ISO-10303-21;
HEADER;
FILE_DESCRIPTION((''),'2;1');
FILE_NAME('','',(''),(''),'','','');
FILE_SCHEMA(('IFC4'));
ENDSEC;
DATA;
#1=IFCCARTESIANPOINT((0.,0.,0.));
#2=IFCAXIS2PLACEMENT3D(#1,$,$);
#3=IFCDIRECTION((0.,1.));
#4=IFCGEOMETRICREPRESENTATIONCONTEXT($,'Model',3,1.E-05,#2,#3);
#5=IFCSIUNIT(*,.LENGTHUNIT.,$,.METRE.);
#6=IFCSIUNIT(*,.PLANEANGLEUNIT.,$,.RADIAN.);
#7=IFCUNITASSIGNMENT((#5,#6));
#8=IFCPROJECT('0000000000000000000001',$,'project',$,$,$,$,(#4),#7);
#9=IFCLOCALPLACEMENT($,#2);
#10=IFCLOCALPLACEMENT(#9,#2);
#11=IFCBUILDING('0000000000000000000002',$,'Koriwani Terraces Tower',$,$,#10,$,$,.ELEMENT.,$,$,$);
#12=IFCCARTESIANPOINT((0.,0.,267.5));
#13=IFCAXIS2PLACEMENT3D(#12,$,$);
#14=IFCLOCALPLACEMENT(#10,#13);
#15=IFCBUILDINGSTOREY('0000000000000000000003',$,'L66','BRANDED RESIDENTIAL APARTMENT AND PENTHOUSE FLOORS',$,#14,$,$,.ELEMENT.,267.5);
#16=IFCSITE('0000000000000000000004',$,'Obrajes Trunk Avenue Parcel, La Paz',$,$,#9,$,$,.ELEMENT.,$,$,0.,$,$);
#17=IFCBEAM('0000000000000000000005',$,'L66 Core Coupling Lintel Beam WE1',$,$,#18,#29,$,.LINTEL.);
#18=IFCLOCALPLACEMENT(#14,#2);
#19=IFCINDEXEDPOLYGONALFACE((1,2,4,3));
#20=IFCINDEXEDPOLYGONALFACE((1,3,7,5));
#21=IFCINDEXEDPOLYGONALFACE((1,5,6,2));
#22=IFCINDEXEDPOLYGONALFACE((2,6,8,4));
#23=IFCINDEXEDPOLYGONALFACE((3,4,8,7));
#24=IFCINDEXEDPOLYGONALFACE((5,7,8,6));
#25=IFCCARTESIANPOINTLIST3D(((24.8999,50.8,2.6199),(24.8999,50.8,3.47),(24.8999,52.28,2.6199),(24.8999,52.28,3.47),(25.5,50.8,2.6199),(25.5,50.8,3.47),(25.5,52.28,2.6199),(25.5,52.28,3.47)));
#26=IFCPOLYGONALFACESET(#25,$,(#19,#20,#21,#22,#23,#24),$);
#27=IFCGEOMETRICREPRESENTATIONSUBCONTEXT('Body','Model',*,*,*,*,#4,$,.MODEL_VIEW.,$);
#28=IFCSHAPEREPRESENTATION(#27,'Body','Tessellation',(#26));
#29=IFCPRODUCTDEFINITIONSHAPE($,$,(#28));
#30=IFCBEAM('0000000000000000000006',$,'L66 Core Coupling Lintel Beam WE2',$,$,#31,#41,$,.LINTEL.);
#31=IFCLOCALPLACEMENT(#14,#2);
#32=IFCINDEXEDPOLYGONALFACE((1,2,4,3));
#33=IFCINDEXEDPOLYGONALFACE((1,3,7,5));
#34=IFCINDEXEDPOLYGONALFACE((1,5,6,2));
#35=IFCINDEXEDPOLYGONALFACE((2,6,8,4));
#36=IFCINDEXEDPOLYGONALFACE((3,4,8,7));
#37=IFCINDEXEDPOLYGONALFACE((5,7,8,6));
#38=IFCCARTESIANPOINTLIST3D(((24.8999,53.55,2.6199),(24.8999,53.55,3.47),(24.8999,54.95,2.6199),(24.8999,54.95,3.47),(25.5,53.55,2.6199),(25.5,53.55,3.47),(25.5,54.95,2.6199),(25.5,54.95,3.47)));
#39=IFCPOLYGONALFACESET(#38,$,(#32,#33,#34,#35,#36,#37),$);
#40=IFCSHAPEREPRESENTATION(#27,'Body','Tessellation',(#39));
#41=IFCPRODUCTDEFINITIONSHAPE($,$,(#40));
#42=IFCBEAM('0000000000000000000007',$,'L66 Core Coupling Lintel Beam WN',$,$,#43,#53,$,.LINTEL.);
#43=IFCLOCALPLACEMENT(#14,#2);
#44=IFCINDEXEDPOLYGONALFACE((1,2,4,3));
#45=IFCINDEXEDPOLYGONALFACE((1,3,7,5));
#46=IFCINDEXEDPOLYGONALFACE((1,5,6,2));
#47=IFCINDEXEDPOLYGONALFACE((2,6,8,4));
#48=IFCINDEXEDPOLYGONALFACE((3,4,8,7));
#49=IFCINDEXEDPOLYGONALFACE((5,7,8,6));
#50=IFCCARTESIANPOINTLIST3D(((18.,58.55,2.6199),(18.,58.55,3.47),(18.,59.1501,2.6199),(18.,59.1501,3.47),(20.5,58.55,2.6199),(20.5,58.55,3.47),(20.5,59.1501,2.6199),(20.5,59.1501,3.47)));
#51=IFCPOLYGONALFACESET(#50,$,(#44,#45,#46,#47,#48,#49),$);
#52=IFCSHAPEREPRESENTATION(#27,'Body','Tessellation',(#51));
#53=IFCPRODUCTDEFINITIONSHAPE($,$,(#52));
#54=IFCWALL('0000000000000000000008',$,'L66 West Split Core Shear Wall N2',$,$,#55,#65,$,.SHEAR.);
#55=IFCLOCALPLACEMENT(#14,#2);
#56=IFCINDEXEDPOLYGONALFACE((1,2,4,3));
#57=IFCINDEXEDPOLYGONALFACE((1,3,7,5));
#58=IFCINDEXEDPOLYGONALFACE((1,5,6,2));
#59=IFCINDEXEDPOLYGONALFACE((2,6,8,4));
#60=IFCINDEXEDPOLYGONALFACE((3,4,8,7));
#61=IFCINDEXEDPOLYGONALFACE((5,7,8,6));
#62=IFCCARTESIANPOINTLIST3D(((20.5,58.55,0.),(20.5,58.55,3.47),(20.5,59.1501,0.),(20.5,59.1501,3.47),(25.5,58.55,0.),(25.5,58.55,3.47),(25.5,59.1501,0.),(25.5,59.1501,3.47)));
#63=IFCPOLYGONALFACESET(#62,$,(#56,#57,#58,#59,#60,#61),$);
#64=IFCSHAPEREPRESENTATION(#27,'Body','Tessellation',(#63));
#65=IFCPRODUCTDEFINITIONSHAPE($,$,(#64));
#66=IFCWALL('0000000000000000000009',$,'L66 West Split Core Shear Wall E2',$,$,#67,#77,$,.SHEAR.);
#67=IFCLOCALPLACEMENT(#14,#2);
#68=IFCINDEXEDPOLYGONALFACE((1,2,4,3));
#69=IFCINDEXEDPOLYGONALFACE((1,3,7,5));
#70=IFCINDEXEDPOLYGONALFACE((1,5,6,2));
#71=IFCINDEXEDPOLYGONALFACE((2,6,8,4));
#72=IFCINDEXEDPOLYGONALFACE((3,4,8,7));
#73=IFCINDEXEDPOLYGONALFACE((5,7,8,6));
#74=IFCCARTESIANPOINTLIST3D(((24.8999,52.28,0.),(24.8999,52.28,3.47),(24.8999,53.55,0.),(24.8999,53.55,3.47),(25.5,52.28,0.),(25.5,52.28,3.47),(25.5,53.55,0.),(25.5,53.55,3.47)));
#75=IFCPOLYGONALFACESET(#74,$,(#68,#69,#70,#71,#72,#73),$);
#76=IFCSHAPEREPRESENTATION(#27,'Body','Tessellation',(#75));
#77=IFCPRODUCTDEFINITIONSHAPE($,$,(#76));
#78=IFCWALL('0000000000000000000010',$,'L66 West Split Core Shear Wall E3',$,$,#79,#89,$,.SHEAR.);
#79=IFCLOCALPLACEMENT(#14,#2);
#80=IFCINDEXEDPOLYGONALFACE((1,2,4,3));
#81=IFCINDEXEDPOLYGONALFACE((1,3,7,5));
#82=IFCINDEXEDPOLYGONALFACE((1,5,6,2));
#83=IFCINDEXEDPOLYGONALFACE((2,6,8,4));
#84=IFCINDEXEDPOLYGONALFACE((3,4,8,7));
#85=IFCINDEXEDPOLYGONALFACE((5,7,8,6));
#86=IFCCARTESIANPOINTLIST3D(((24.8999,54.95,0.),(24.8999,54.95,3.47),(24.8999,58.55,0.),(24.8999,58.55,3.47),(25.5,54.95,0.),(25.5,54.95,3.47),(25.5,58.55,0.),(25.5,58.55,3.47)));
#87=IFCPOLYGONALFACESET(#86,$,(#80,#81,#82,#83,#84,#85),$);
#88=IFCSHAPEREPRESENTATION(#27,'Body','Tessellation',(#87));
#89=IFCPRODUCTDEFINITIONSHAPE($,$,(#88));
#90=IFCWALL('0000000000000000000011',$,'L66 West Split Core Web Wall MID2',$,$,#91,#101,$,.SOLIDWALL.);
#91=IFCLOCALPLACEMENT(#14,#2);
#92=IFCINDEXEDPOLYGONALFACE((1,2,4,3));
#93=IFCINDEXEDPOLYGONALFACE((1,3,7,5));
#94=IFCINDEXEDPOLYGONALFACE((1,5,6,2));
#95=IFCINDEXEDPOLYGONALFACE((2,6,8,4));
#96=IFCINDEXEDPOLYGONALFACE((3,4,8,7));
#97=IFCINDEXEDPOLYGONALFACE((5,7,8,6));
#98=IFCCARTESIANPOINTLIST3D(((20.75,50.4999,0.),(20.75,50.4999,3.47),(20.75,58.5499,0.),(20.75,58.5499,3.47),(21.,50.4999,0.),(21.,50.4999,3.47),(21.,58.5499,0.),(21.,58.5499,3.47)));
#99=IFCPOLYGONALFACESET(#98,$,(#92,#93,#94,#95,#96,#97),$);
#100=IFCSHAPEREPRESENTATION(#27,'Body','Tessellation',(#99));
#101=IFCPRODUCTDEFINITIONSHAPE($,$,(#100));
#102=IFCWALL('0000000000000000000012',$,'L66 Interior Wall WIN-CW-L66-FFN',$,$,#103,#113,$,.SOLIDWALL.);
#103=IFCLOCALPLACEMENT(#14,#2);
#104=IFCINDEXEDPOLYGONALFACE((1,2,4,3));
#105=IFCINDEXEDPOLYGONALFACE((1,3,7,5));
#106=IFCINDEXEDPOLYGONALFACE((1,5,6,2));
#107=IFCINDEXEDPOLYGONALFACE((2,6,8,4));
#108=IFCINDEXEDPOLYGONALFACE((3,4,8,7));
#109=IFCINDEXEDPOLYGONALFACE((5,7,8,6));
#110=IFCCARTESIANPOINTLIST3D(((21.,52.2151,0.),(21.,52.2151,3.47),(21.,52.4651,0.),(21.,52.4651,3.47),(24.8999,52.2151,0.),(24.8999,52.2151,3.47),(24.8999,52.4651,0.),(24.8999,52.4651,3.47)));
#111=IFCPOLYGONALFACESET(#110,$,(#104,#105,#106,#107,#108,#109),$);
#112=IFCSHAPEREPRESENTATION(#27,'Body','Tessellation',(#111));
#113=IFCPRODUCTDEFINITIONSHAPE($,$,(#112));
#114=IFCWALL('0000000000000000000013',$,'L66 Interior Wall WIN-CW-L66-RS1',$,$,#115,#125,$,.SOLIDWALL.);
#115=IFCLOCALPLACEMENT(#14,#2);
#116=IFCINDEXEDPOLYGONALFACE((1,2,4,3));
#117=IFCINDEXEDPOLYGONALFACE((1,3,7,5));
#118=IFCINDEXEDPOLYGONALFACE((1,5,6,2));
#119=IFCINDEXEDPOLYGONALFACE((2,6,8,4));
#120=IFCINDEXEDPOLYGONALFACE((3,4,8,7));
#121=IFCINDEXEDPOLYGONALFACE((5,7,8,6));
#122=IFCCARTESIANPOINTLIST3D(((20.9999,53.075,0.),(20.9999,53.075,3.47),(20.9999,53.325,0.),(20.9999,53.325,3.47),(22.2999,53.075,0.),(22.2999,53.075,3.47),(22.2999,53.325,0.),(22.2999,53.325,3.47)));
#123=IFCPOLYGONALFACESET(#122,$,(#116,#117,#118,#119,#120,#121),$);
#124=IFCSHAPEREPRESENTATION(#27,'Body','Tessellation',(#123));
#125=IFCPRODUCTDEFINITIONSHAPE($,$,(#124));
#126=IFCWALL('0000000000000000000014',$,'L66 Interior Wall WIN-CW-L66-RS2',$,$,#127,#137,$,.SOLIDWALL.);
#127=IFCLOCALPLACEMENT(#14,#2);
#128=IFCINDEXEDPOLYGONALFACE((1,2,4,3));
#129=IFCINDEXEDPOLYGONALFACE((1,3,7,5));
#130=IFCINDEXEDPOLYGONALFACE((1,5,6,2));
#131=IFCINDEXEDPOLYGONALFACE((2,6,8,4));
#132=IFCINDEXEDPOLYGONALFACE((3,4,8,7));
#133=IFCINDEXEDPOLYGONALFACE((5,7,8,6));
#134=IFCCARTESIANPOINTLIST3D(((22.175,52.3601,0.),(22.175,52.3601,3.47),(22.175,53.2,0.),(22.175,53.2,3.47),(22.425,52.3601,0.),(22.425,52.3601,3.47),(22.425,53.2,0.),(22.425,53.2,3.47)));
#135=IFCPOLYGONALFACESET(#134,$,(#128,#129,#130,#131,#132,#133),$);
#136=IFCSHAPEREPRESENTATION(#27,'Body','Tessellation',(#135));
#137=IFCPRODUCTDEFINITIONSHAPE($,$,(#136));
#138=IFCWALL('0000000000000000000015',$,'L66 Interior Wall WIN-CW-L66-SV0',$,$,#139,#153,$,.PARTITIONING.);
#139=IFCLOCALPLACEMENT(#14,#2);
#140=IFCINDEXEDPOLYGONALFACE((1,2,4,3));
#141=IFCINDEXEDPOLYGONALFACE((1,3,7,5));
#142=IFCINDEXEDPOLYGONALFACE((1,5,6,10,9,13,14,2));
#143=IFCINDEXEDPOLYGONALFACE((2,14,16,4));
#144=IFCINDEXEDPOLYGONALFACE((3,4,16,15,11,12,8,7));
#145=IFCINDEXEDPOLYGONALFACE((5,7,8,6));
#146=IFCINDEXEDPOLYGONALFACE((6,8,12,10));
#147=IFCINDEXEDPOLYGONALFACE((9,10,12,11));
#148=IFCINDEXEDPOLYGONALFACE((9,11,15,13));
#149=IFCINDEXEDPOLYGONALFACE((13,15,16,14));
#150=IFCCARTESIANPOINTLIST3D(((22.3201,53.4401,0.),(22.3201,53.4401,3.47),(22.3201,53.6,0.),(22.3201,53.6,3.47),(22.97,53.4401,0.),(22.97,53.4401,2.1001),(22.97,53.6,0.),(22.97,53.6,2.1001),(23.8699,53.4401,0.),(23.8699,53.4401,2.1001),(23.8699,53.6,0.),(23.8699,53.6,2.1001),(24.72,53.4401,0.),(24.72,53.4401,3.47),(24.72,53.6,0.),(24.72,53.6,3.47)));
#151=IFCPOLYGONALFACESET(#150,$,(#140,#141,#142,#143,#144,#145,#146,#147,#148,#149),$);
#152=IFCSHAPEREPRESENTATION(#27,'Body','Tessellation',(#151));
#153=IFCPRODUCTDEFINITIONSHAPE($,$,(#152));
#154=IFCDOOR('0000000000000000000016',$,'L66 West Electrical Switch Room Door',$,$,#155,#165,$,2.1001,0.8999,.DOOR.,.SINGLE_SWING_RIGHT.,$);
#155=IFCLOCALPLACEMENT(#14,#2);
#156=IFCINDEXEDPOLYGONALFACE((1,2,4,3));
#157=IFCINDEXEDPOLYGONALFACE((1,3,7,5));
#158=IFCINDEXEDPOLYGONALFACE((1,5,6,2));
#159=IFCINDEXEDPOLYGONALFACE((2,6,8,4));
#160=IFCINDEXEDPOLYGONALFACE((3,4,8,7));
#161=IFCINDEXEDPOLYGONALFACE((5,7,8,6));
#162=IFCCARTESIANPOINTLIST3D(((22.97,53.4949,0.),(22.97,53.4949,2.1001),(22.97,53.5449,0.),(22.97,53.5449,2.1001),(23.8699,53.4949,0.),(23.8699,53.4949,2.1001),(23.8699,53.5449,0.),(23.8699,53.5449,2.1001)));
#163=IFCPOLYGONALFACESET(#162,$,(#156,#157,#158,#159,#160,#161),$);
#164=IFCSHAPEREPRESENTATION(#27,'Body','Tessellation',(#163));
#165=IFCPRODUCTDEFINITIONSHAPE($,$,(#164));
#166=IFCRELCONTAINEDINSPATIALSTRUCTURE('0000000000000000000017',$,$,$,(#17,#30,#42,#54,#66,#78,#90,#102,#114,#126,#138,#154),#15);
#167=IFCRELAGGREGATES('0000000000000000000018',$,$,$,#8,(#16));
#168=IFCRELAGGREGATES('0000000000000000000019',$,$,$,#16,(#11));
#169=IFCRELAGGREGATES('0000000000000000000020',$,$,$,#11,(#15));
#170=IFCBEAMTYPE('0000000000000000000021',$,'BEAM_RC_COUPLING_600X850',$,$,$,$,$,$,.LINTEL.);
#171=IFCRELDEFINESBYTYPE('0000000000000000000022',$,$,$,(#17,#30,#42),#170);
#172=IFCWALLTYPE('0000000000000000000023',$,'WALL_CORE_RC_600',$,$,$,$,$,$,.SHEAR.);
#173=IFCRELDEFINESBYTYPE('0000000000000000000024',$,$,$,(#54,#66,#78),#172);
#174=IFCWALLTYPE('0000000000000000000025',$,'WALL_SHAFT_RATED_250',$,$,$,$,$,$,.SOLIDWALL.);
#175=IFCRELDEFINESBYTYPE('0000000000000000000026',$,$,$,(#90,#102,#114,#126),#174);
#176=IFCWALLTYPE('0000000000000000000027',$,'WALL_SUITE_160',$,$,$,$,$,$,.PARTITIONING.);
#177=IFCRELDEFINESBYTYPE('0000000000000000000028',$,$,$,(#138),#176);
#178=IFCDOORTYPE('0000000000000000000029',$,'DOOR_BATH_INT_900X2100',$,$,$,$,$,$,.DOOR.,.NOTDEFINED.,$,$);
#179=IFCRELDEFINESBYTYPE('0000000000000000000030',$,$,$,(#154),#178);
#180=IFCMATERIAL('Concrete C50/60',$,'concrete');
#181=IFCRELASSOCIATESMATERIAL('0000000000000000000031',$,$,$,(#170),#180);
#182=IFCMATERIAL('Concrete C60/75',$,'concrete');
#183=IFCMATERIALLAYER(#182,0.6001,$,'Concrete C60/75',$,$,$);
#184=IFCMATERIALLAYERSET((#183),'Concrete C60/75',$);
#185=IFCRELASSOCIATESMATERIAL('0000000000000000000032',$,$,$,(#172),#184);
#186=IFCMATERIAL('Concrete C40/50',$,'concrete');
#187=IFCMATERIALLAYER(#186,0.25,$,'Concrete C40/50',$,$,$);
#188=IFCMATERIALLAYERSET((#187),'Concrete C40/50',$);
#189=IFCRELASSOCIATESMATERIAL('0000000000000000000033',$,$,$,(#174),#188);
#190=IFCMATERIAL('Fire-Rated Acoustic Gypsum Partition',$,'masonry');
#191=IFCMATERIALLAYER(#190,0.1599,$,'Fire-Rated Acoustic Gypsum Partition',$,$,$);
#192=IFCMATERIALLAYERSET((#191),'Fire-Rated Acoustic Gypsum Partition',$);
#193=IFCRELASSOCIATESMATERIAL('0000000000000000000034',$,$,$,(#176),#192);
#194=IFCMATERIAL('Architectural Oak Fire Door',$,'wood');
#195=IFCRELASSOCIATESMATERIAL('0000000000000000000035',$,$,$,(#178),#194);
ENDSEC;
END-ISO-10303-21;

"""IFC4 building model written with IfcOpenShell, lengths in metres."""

from ifc_helpers import new_model, si_unit, direction, frame, frame_2d, origin, origin_2d, place, context, subcontext, project, spatial, rectangle, extrude, material, layer, layer_set, material_profile, profile_set, type_object, element, fill, save


model = new_model("IFC4")

# Units and contexts
model_context = context("Model", 3, precision=1e-05, world=origin(), true_north=direction((0.0, 1.0)))
body_context = subcontext(model_context, "Body", "Model", "MODEL_VIEW")
ifc_project = project(units=[si_unit("LENGTHUNIT", "METRE"), si_unit("PLANEANGLEUNIT", "RADIAN")], contexts=[model_context])

# Site, building, storey
site_placement = place(None, origin())
site = spatial("IfcSite", under=ifc_project, at=site_placement, Name="Obrajes Trunk Avenue Parcel, La Paz", CompositionType="ELEMENT", RefElevation=0.0)
building_placement = place(site_placement, origin())
building = spatial("IfcBuilding", under=site, at=building_placement, Name="Koriwani Terraces Tower", CompositionType="ELEMENT")
storey_placement = place(building_placement, frame((0.0, 0.0, 267.5)))
storey = spatial("IfcBuildingStorey", under=building, at=storey_placement, Name="L66", Description="BRANDED RESIDENTIAL APARTMENT AND PENTHOUSE FLOORS", CompositionType="ELEMENT", Elevation=267.5)

# Beams
ifc_material_1 = material(Name="Concrete C50/60", Category="concrete")
ifc_material_profile = material_profile(ifc_material_1, rectangle(XDim=0.6001, YDim=0.8501, at=origin_2d()), Name="Concrete C50/60", Category="LoadBearing")
ifc_profile_set = profile_set([ifc_material_profile], Name="Concrete C50/60")
beam_type = type_object("IfcBeamType", Name="BEAM_RC_COUPLING_600X850", PredefinedType="LINTEL", material=ifc_profile_set)
beam_1_placement = place(storey_placement, frame((25.2, 50.8, 3.0449), z_axis=(0.0, 1.0, 0.0), x_axis=(-1.0, 0.0, 0.0)))
element("IfcBeam", 1, at=beam_1_placement, inside=storey, type_object=beam_type, Name="L66 Core Coupling Lintel Beam WE1", PredefinedType="LINTEL", context=body_context, shape_type="SweptSolid", body=[
    extrude(rectangle(XDim=0.6001, YDim=0.8501, at=origin_2d()), origin(), (0.0, 0.0, 1.0), 1.48),
])
beam_2_placement = place(storey_placement, frame((25.2, 53.55, 3.0449), z_axis=(0.0, 1.0, 0.0), x_axis=(-1.0, 0.0, 0.0)))
element("IfcBeam", 2, at=beam_2_placement, inside=storey, type_object=beam_type, Name="L66 Core Coupling Lintel Beam WE2", PredefinedType="LINTEL", context=body_context, shape_type="SweptSolid", body=[
    extrude(rectangle(XDim=0.6001, YDim=0.8501, at=origin_2d()), origin(), (0.0, 0.0, 1.0), 1.3999),
])
beam_3_placement = place(storey_placement, frame((18.0, 58.8501, 3.0449), z_axis=(1.0, 0.0, 0.0), x_axis=(0.0, 1.0, 0.0)))
element("IfcBeam", 3, at=beam_3_placement, inside=storey, type_object=beam_type, Name="L66 Core Coupling Lintel Beam WN", PredefinedType="LINTEL", context=body_context, shape_type="SweptSolid", body=[
    extrude(rectangle(XDim=0.6001, YDim=0.8501, at=origin_2d()), origin(), (0.0, 0.0, 1.0), 2.5),
])

# Walls
ifc_material_2 = material(Name="Concrete C60/75", Category="concrete")
ifc_layer_1 = layer(ifc_material_2, 0.6001, Name="Concrete C60/75")
ifc_layer_set_1 = layer_set([ifc_layer_1], Name="Concrete C60/75")
wall_type_1 = type_object("IfcWallType", Name="WALL_CORE_RC_600", PredefinedType="SHEAR", material=ifc_layer_set_1)
wall_1_placement = place(storey_placement, frame((20.5, 58.8501, 0.0), z_axis=(0.0, 0.0, 1.0), x_axis=(1.0, 0.0, 0.0)))
element("IfcWall", 4, at=wall_1_placement, inside=storey, type_object=wall_type_1, Name="L66 West Split Core Shear Wall N2", PredefinedType="SHEAR", context=body_context, shape_type="SweptSolid", body=[
    extrude(rectangle(XDim=5.0, YDim=0.6001, at=frame_2d((2.5, 0.0))), origin(), (0.0, 0.0, 1.0), 3.47),
])
wall_2_placement = place(storey_placement, frame((25.2, 52.28, 0.0), z_axis=(0.0, 0.0, 1.0), x_axis=(0.0, 1.0, 0.0)))
element("IfcWall", 5, at=wall_2_placement, inside=storey, type_object=wall_type_1, Name="L66 West Split Core Shear Wall E2", PredefinedType="SHEAR", context=body_context, shape_type="SweptSolid", body=[
    extrude(rectangle(XDim=1.27, YDim=0.6001, at=frame_2d((0.635, 0.0))), origin(), (0.0, 0.0, 1.0), 3.47),
])
wall_3_placement = place(storey_placement, frame((25.2, 54.95, 0.0), z_axis=(0.0, 0.0, 1.0), x_axis=(0.0, 1.0, 0.0)))
element("IfcWall", 6, at=wall_3_placement, inside=storey, type_object=wall_type_1, Name="L66 West Split Core Shear Wall E3", PredefinedType="SHEAR", context=body_context, shape_type="SweptSolid", body=[
    extrude(rectangle(XDim=3.6001, YDim=0.6001, at=frame_2d((1.8, 0.0))), origin(), (0.0, 0.0, 1.0), 3.47),
])
ifc_material_3 = material(Name="Concrete C40/50", Category="concrete")
ifc_layer_2 = layer(ifc_material_3, 0.25, Name="Concrete C40/50")
ifc_layer_set_2 = layer_set([ifc_layer_2], Name="Concrete C40/50")
wall_type_2 = type_object("IfcWallType", Name="WALL_SHAFT_RATED_250", PredefinedType="SOLIDWALL", material=ifc_layer_set_2)
wall_4_placement = place(storey_placement, frame((20.875, 50.5, 0.0), z_axis=(0.0, 0.0, 1.0), x_axis=(0.0, 1.0, 0.0)))
element("IfcWall", 7, at=wall_4_placement, inside=storey, type_object=wall_type_2, Name="L66 West Split Core Web Wall MID2", PredefinedType="SOLIDWALL", context=body_context, shape_type="SweptSolid", body=[
    extrude(rectangle(XDim=8.05, YDim=0.25, at=frame_2d((4.0249, 0.0))), origin(), (0.0, 0.0, 1.0), 3.47),
])

# Wall
wall_5_placement = place(storey_placement, frame((21.0, 52.3401, 0.0), z_axis=(0.0, 0.0, 1.0), x_axis=(1.0, 0.0, 0.0)))
element("IfcWall", 8, at=wall_5_placement, inside=storey, type_object=wall_type_2, Name="L66 Interior Wall WIN-CW-L66-FFN", PredefinedType="SOLIDWALL", context=body_context, shape_type="SweptSolid", body=[
    extrude(rectangle(XDim=3.8999, YDim=0.25, at=frame_2d((1.95, 0.0))), origin(), (0.0, 0.0, 1.0), 3.47),
])

# Walls
wall_6_placement = place(storey_placement, frame((21.0, 53.2, 0.0), z_axis=(0.0, 0.0, 1.0), x_axis=(1.0, 0.0, 0.0)))
element("IfcWall", 9, at=wall_6_placement, inside=storey, type_object=wall_type_2, Name="L66 Interior Wall WIN-CW-L66-RS1", PredefinedType="SOLIDWALL", context=body_context, shape_type="SweptSolid", body=[
    extrude(rectangle(XDim=1.3, YDim=0.25, at=frame_2d((0.6499, 0.0))), origin(), (0.0, 0.0, 1.0), 3.47),
])
wall_7_placement = place(storey_placement, frame((22.3, 52.3601, 0.0), z_axis=(0.0, 0.0, 1.0), x_axis=(0.0, 1.0, 0.0)))
element("IfcWall", 10, at=wall_7_placement, inside=storey, type_object=wall_type_2, Name="L66 Interior Wall WIN-CW-L66-RS2", PredefinedType="SOLIDWALL", context=body_context, shape_type="SweptSolid", body=[
    extrude(rectangle(XDim=0.8398, YDim=0.25, at=frame_2d((0.4199, 0.0))), origin(), (0.0, 0.0, 1.0), 3.47),
])

# Wall, opening, door
ifc_material_4 = material(Name="Fire-Rated Acoustic Gypsum Partition", Category="masonry")
ifc_layer_3 = layer(ifc_material_4, 0.1599, Name="Fire-Rated Acoustic Gypsum Partition")
ifc_layer_set_3 = layer_set([ifc_layer_3], Name="Fire-Rated Acoustic Gypsum Partition")
wall_type_3 = type_object("IfcWallType", Name="WALL_SUITE_160", PredefinedType="PARTITIONING", material=ifc_layer_set_3)
wall_8_placement = place(storey_placement, frame((22.3201, 53.52, 0.0), z_axis=(0.0, 0.0, 1.0), x_axis=(1.0, 0.0, 0.0)))
wall_8 = element("IfcWall", 11, at=wall_8_placement, inside=storey, type_object=wall_type_3, Name="L66 Interior Wall WIN-CW-L66-SV0", PredefinedType="PARTITIONING", context=body_context, shape_type="SweptSolid", body=[
    extrude(rectangle(XDim=2.3999, YDim=0.1599, at=frame_2d((1.2, 0.0))), origin(), (0.0, 0.0, 1.0), 3.47),
])
opening_1_placement = place(wall_8_placement, frame((0.6499, 0.0, 0.0)))
opening_1 = element("IfcOpeningElement", 12, at=opening_1_placement, cuts=wall_8, PredefinedType="OPENING", context=body_context, shape_type="SweptSolid", body=[
    extrude(rectangle(XDim=0.8999, YDim=2.1001, at=frame_2d((0.45, 1.05))), frame((0.0, 0.0898, 0.0), z_axis=(0.0, -1.0, 0.0), x_axis=(1.0, 0.0, 0.0)), (0.0, 0.0, 1.0), 0.1799),
])
ifc_material_5 = material(Name="Architectural Oak Fire Door", Category="wood")
door_type_1 = type_object("IfcDoorType", Name="DOOR_BATH_INT_900X2100", OperationType="NOTDEFINED", PredefinedType="DOOR", material=ifc_material_5)
door_1_placement = place(opening_1_placement, origin())
door_1 = element("IfcDoor", 13, at=door_1_placement, inside=storey, type_object=door_type_1, Name="L66 West Electrical Switch Room Door", OperationType="SINGLE_SWING_RIGHT", OverallHeight=2.1001, OverallWidth=0.8999, PredefinedType="DOOR", context=body_context, shape_type="SweptSolid", body=[
    extrude(rectangle(XDim=0.8999, YDim=2.1001, at=frame_2d((0.45, 1.05))), frame((0.0, 0.0249, 0.0), z_axis=(0.0, -1.0, 0.0), x_axis=(1.0, 0.0, 0.0)), (0.0, 0.0, 1.0), 0.05),
])
fill(opening_1, door_1)

save(model, "model.ifc")
